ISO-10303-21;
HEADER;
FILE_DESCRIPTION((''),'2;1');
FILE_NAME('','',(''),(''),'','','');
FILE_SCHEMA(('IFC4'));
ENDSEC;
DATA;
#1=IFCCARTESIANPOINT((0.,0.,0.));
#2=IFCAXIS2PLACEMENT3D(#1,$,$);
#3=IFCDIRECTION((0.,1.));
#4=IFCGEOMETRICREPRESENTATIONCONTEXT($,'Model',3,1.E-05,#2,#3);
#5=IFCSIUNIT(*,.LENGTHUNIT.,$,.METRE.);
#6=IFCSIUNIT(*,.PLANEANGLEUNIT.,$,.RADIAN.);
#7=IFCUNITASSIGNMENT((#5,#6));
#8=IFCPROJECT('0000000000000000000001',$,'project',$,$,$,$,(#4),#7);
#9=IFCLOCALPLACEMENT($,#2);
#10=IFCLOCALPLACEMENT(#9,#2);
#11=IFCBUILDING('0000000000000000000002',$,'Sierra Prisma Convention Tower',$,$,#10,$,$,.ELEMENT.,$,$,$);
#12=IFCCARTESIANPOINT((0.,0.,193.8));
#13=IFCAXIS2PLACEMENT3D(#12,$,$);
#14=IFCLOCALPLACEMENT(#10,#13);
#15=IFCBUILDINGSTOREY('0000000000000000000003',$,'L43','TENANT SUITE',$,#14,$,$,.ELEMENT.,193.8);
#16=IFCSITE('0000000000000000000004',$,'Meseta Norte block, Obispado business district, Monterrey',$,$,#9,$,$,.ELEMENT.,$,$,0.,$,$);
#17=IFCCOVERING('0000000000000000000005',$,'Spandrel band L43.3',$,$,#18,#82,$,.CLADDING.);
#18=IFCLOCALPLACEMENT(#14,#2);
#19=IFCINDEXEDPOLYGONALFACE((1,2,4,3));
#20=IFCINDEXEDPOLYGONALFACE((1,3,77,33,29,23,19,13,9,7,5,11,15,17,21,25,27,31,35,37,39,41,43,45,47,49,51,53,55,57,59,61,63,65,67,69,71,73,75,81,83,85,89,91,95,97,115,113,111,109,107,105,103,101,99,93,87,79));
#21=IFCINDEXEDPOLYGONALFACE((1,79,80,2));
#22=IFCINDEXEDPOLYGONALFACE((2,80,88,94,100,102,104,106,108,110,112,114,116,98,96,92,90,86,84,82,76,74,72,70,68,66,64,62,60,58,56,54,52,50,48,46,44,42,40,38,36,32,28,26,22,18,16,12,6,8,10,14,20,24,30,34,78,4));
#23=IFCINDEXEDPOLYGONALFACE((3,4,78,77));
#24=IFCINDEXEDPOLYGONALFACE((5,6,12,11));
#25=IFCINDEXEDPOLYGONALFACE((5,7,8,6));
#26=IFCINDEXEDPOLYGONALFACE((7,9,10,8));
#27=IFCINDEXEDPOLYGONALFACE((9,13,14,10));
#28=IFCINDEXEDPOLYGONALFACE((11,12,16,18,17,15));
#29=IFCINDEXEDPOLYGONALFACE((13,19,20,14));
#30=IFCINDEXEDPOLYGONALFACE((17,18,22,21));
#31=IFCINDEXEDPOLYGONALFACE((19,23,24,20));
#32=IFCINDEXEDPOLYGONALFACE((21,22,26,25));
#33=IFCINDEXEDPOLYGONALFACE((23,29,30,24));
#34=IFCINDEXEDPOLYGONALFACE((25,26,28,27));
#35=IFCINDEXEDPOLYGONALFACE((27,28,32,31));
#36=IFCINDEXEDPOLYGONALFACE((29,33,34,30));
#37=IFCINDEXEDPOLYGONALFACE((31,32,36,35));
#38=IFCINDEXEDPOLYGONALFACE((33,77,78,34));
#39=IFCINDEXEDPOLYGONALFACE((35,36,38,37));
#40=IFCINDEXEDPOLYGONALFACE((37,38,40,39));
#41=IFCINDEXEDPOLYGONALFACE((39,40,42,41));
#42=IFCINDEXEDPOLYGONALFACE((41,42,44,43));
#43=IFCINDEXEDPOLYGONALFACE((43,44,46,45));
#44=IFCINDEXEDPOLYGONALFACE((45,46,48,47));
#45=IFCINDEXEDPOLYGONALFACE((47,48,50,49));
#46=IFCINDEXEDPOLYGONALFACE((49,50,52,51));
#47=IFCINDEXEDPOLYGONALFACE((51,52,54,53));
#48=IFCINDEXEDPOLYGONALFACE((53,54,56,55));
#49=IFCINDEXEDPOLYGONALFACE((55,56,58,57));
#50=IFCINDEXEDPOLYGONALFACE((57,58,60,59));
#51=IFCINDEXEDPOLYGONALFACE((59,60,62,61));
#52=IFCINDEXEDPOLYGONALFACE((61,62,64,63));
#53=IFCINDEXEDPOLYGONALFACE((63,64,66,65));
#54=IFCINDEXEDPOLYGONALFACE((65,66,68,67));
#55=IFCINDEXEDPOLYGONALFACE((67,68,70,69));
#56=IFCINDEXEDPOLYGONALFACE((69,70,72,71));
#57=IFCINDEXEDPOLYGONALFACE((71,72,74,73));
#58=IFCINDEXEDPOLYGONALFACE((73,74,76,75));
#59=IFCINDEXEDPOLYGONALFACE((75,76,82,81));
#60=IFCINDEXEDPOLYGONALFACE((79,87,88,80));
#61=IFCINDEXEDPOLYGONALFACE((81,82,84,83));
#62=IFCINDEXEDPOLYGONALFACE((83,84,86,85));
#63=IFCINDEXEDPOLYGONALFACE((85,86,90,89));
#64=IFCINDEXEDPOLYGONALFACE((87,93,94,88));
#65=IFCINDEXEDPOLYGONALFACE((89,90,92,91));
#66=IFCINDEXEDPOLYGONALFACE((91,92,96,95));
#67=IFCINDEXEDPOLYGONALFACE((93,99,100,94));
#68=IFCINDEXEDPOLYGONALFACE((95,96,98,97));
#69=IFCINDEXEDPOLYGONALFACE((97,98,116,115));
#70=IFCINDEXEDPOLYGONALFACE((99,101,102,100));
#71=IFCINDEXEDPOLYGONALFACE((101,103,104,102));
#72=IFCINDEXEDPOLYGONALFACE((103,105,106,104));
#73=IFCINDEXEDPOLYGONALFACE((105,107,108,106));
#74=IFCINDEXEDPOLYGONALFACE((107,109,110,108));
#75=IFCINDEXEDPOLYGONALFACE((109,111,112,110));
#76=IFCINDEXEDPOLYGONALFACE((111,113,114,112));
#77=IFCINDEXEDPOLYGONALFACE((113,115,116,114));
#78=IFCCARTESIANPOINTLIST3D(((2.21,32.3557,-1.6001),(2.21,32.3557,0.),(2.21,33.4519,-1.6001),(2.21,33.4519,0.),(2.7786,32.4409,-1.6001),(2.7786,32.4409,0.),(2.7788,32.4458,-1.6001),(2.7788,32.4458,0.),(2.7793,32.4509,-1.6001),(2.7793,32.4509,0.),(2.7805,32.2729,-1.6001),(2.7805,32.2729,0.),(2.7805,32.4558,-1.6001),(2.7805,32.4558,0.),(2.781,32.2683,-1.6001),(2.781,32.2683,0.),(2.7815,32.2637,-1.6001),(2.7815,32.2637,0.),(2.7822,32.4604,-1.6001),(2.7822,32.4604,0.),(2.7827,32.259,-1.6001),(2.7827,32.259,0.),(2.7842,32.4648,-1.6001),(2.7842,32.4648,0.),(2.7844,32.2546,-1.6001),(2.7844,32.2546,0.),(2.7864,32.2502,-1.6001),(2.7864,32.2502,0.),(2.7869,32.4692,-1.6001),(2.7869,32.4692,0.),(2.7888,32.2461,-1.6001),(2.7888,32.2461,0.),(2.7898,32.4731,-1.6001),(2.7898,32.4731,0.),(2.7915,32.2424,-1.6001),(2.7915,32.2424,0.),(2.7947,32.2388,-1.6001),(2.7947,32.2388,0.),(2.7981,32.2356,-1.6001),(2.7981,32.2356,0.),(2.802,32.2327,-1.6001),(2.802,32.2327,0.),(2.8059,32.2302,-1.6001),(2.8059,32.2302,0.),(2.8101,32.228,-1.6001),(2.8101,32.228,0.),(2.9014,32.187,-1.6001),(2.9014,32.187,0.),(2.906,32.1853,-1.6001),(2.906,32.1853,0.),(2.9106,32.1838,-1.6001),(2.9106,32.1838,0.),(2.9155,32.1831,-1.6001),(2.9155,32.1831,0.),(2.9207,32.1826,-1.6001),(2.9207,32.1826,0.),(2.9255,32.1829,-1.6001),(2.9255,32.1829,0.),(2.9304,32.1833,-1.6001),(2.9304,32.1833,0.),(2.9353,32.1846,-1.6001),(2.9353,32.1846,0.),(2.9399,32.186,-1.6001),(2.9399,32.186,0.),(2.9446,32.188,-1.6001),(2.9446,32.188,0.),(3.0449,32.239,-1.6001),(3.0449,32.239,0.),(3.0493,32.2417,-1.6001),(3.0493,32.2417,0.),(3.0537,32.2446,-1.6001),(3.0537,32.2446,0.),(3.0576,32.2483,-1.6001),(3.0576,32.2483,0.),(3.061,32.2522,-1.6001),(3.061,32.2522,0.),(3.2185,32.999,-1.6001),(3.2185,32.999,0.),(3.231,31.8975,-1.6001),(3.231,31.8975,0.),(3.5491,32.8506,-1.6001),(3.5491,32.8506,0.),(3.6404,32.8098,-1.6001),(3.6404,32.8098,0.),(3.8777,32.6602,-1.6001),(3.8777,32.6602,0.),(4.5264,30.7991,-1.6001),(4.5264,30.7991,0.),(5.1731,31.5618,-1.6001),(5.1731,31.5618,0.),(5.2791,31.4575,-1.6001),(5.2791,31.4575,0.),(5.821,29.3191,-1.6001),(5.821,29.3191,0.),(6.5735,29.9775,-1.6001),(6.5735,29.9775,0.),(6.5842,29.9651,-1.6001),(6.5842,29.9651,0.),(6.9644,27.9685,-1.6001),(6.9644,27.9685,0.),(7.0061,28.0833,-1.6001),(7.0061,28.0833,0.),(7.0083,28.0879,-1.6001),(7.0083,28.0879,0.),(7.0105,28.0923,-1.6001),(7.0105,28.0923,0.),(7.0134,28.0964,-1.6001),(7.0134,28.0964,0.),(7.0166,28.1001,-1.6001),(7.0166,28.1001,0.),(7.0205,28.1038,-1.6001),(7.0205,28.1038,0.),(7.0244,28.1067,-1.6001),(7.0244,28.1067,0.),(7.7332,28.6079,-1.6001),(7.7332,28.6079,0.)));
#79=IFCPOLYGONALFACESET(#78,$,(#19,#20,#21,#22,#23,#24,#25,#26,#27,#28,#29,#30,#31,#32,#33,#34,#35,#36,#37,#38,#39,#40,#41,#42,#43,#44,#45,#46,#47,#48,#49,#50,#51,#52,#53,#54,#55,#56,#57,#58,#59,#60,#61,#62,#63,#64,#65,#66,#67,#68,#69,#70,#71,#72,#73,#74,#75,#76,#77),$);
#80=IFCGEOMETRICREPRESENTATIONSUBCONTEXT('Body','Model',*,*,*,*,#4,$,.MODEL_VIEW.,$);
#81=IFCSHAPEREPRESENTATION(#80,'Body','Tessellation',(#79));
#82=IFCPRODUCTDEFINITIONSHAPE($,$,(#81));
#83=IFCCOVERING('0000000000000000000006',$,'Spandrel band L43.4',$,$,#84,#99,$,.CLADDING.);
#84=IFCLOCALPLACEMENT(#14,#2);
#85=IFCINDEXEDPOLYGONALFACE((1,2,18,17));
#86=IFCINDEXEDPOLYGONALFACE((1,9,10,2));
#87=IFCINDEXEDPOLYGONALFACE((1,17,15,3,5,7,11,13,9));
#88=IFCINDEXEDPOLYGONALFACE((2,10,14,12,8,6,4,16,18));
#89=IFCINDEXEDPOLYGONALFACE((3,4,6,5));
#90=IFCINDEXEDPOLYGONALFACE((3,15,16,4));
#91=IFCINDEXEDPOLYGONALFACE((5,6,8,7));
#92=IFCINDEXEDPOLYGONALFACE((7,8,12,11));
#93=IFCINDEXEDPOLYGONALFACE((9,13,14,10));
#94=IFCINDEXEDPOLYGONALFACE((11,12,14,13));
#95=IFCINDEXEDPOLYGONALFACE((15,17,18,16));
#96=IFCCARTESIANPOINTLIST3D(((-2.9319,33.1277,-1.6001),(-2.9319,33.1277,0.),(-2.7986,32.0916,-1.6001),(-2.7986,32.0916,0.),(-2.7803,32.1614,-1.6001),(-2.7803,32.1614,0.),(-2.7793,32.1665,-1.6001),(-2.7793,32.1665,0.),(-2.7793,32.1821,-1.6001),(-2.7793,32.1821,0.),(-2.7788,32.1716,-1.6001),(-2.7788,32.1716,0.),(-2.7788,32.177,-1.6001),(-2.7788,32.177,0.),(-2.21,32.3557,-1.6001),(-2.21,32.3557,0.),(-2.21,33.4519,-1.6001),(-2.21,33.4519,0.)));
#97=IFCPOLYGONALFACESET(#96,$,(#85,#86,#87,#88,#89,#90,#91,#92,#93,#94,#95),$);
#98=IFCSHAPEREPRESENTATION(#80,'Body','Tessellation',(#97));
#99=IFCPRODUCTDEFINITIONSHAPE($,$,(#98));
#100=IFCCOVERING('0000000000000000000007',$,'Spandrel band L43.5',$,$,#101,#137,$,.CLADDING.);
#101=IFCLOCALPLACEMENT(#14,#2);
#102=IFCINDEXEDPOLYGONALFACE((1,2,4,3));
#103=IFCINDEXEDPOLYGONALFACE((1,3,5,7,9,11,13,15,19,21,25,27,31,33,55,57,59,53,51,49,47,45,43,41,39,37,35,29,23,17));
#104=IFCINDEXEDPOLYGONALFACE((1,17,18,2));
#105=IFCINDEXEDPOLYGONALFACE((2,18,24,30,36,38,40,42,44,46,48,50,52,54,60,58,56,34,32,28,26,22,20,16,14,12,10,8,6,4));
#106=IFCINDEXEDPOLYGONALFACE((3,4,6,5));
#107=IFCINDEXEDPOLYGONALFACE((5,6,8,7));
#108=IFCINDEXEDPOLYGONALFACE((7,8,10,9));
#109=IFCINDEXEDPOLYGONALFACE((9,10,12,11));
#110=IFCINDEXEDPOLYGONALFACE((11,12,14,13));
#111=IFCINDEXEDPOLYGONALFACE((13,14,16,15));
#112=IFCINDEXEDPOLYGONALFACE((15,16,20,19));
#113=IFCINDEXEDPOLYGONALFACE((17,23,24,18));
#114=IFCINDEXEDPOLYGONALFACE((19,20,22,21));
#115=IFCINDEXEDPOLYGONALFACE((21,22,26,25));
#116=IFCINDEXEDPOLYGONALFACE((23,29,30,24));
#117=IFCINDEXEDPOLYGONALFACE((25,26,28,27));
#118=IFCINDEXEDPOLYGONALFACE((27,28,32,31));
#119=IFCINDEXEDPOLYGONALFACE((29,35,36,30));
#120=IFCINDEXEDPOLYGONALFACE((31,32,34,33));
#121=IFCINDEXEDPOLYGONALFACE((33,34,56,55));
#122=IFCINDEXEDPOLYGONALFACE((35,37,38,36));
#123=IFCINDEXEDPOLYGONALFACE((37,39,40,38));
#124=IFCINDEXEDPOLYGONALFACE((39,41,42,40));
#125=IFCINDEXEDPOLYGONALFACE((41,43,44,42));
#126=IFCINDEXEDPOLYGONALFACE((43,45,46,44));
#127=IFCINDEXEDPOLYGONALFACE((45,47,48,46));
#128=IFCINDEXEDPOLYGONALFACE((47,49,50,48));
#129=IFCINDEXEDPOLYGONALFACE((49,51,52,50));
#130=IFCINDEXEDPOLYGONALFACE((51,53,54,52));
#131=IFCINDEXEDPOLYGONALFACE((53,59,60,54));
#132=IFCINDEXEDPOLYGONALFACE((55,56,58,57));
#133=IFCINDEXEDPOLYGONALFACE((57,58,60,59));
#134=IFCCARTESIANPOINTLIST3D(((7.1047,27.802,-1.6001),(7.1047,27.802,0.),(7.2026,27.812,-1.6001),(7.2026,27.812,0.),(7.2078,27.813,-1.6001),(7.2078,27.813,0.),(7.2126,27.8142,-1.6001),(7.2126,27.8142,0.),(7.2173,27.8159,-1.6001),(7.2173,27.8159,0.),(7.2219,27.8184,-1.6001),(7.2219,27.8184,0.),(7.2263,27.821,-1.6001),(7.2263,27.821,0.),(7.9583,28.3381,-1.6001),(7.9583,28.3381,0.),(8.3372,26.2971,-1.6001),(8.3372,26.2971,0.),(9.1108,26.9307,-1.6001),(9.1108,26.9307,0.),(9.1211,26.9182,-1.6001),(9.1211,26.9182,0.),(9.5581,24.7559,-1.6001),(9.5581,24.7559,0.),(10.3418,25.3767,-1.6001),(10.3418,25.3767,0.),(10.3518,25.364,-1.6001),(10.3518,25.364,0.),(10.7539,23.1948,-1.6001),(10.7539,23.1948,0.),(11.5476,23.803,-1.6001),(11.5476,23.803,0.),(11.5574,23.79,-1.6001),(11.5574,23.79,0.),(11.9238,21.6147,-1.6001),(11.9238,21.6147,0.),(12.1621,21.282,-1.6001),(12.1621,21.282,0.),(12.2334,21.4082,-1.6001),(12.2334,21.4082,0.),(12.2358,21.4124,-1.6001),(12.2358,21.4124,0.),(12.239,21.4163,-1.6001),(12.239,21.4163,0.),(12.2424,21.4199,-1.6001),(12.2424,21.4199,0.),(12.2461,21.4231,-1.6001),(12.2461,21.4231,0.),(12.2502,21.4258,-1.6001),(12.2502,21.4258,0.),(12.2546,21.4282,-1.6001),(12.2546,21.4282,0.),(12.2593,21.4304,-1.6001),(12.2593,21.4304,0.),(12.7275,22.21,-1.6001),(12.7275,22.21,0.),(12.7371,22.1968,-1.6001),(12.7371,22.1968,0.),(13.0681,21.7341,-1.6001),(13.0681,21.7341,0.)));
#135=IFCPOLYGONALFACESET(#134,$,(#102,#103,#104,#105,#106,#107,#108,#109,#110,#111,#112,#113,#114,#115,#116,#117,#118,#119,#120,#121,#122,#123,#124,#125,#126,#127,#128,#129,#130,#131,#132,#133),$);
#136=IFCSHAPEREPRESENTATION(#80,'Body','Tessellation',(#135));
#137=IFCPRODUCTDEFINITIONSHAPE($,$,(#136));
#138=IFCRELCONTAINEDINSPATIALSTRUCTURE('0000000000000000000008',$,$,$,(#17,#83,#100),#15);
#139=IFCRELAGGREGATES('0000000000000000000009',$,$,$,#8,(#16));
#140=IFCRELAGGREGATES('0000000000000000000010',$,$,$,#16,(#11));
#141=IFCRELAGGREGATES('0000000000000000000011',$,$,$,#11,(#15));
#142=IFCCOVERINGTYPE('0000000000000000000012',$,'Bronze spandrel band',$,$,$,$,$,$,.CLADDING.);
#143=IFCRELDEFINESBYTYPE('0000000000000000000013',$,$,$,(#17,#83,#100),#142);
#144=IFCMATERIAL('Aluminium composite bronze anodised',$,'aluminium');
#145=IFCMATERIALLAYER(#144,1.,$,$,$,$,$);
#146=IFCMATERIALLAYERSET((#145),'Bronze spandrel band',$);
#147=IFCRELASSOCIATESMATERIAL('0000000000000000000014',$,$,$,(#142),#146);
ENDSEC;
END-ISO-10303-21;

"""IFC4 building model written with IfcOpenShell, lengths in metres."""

from ifc_helpers import new_model, si_unit, direction, frame, origin, place, context, subcontext, project, spatial, polyline, outline, extrude, material, layer, layer_set, type_object, element, save


model = new_model("IFC4")

# Units and contexts
model_context = context("Model", 3, precision=1e-05, world=origin(), true_north=direction((0.0, 1.0)))
body_context = subcontext(model_context, "Body", "Model", "MODEL_VIEW")
ifc_project = project(units=[si_unit("LENGTHUNIT", "METRE"), si_unit("PLANEANGLEUNIT", "RADIAN")], contexts=[model_context])

# Site, building, storey
site_placement = place(None, origin())
site = spatial("IfcSite", under=ifc_project, at=site_placement, Name="Meseta Norte block, Obispado business district, Monterrey", CompositionType="ELEMENT", RefElevation=0.0)
building_placement = place(site_placement, origin())
building = spatial("IfcBuilding", under=site, at=building_placement, Name="Sierra Prisma Convention Tower", CompositionType="ELEMENT")
storey_placement = place(building_placement, frame((0.0, 0.0, 193.8)))
storey = spatial("IfcBuildingStorey", under=building, at=storey_placement, Name="L43", Description="TENANT SUITE", CompositionType="ELEMENT", Elevation=193.8)

# Coverings
ifc_material_1 = material(Name="Aluminium composite bronze anodised", Category="aluminium")
ifc_layer_1 = layer(ifc_material_1, 1.0)
ifc_layer_set_1 = layer_set([ifc_layer_1], Name="Bronze spandrel band")
covering_type = type_object("IfcCoveringType", Name="Bronze spandrel band", PredefinedType="CLADDING", material=ifc_layer_set_1)
covering_1_placement = place(storey_placement, frame((0.0, 0.0, -1.6001)))
element("IfcCovering", 1, at=covering_1_placement, inside=storey, type_object=covering_type, Name="Spandrel band L43.3", PredefinedType="CLADDING", context=body_context, shape_type="SweptSolid", body=[
    extrude(outline(polyline([(2.7869, 32.4692), (2.7842, 32.4648), (2.7822, 32.4604), (2.7805, 32.4558), (2.7793, 32.4509), (2.7788, 32.4458), (2.7786, 32.4409), (2.7805, 32.2729), (2.781, 32.2683), (2.7815, 32.2637), (2.7827, 32.259), (2.7844, 32.2546), (2.7864, 32.2502), (2.7888, 32.2461), (2.7915, 32.2424), (2.7947, 32.2388), (2.7981, 32.2356), (2.802, 32.2327), (2.8059, 32.2302), (2.8101, 32.228), (2.9014, 32.187), (2.906, 32.1853), (2.9106, 32.1838), (2.9155, 32.1831), (2.9207, 32.1826), (2.9255, 32.1829), (2.9304, 32.1833), (2.9353, 32.1846), (2.9399, 32.186), (2.9446, 32.188), (3.0449, 32.239), (3.0493, 32.2417), (3.0537, 32.2446), (3.0576, 32.2483), (3.061, 32.2522), (3.5491, 32.8506), (3.6404, 32.8098), (3.8777, 32.6602), (5.1731, 31.5618), (5.2791, 31.4575), (6.5735, 29.9775), (6.5842, 29.9651), (7.7332, 28.6079), (7.0244, 28.1067), (7.0205, 28.1038), (7.0166, 28.1001), (7.0134, 28.0964), (7.0105, 28.0923), (7.0083, 28.0879), (7.0061, 28.0833), (6.9644, 27.9685), (5.821, 29.3191), (4.5264, 30.7991), (3.231, 31.8975), (2.21, 32.3557), (2.21, 33.4519), (3.2185, 32.999), (2.7898, 32.4731), (2.7869, 32.4692)])), origin(), (0.0, 0.0, 1.0), 1.6001),
])
covering_2_placement = place(storey_placement, frame((0.0, 0.0, -1.6001)))
element("IfcCovering", 2, at=covering_2_placement, inside=storey, type_object=covering_type, Name="Spandrel band L43.4", PredefinedType="CLADDING", context=body_context, shape_type="SweptSolid", body=[
    extrude(outline(polyline([(-2.7793, 32.1665), (-2.7788, 32.1716), (-2.7788, 32.177), (-2.7793, 32.1821), (-2.9319, 33.1277), (-2.21, 33.4519), (-2.21, 32.3557), (-2.7986, 32.0916), (-2.7803, 32.1614), (-2.7793, 32.1665)])), origin(), (0.0, 0.0, 1.0), 1.6001),
])
covering_3_placement = place(storey_placement, frame((0.0, 0.0, -1.6001)))
element("IfcCovering", 3, at=covering_3_placement, inside=storey, type_object=covering_type, Name="Spandrel band L43.5", PredefinedType="CLADDING", context=body_context, shape_type="SweptSolid", body=[
    extrude(outline(polyline([(12.2502, 21.4258), (12.2461, 21.4231), (12.2424, 21.4199), (12.239, 21.4163), (12.2358, 21.4124), (12.2334, 21.4082), (12.1621, 21.282), (11.9238, 21.6147), (10.7539, 23.1948), (9.5581, 24.7559), (8.3372, 26.2971), (7.1047, 27.802), (7.2026, 27.812), (7.2078, 27.813), (7.2126, 27.8142), (7.2173, 27.8159), (7.2219, 27.8184), (7.2263, 27.821), (7.9583, 28.3381), (9.1108, 26.9307), (9.1211, 26.9182), (10.3418, 25.3767), (10.3518, 25.364), (11.5476, 23.803), (11.5574, 23.79), (12.7275, 22.21), (12.7371, 22.1968), (13.0681, 21.7341), (12.2593, 21.4304), (12.2546, 21.4282), (12.2502, 21.4258)])), origin(), (0.0, 0.0, 1.0), 1.6001),
])

save(model, "model.ifc")
